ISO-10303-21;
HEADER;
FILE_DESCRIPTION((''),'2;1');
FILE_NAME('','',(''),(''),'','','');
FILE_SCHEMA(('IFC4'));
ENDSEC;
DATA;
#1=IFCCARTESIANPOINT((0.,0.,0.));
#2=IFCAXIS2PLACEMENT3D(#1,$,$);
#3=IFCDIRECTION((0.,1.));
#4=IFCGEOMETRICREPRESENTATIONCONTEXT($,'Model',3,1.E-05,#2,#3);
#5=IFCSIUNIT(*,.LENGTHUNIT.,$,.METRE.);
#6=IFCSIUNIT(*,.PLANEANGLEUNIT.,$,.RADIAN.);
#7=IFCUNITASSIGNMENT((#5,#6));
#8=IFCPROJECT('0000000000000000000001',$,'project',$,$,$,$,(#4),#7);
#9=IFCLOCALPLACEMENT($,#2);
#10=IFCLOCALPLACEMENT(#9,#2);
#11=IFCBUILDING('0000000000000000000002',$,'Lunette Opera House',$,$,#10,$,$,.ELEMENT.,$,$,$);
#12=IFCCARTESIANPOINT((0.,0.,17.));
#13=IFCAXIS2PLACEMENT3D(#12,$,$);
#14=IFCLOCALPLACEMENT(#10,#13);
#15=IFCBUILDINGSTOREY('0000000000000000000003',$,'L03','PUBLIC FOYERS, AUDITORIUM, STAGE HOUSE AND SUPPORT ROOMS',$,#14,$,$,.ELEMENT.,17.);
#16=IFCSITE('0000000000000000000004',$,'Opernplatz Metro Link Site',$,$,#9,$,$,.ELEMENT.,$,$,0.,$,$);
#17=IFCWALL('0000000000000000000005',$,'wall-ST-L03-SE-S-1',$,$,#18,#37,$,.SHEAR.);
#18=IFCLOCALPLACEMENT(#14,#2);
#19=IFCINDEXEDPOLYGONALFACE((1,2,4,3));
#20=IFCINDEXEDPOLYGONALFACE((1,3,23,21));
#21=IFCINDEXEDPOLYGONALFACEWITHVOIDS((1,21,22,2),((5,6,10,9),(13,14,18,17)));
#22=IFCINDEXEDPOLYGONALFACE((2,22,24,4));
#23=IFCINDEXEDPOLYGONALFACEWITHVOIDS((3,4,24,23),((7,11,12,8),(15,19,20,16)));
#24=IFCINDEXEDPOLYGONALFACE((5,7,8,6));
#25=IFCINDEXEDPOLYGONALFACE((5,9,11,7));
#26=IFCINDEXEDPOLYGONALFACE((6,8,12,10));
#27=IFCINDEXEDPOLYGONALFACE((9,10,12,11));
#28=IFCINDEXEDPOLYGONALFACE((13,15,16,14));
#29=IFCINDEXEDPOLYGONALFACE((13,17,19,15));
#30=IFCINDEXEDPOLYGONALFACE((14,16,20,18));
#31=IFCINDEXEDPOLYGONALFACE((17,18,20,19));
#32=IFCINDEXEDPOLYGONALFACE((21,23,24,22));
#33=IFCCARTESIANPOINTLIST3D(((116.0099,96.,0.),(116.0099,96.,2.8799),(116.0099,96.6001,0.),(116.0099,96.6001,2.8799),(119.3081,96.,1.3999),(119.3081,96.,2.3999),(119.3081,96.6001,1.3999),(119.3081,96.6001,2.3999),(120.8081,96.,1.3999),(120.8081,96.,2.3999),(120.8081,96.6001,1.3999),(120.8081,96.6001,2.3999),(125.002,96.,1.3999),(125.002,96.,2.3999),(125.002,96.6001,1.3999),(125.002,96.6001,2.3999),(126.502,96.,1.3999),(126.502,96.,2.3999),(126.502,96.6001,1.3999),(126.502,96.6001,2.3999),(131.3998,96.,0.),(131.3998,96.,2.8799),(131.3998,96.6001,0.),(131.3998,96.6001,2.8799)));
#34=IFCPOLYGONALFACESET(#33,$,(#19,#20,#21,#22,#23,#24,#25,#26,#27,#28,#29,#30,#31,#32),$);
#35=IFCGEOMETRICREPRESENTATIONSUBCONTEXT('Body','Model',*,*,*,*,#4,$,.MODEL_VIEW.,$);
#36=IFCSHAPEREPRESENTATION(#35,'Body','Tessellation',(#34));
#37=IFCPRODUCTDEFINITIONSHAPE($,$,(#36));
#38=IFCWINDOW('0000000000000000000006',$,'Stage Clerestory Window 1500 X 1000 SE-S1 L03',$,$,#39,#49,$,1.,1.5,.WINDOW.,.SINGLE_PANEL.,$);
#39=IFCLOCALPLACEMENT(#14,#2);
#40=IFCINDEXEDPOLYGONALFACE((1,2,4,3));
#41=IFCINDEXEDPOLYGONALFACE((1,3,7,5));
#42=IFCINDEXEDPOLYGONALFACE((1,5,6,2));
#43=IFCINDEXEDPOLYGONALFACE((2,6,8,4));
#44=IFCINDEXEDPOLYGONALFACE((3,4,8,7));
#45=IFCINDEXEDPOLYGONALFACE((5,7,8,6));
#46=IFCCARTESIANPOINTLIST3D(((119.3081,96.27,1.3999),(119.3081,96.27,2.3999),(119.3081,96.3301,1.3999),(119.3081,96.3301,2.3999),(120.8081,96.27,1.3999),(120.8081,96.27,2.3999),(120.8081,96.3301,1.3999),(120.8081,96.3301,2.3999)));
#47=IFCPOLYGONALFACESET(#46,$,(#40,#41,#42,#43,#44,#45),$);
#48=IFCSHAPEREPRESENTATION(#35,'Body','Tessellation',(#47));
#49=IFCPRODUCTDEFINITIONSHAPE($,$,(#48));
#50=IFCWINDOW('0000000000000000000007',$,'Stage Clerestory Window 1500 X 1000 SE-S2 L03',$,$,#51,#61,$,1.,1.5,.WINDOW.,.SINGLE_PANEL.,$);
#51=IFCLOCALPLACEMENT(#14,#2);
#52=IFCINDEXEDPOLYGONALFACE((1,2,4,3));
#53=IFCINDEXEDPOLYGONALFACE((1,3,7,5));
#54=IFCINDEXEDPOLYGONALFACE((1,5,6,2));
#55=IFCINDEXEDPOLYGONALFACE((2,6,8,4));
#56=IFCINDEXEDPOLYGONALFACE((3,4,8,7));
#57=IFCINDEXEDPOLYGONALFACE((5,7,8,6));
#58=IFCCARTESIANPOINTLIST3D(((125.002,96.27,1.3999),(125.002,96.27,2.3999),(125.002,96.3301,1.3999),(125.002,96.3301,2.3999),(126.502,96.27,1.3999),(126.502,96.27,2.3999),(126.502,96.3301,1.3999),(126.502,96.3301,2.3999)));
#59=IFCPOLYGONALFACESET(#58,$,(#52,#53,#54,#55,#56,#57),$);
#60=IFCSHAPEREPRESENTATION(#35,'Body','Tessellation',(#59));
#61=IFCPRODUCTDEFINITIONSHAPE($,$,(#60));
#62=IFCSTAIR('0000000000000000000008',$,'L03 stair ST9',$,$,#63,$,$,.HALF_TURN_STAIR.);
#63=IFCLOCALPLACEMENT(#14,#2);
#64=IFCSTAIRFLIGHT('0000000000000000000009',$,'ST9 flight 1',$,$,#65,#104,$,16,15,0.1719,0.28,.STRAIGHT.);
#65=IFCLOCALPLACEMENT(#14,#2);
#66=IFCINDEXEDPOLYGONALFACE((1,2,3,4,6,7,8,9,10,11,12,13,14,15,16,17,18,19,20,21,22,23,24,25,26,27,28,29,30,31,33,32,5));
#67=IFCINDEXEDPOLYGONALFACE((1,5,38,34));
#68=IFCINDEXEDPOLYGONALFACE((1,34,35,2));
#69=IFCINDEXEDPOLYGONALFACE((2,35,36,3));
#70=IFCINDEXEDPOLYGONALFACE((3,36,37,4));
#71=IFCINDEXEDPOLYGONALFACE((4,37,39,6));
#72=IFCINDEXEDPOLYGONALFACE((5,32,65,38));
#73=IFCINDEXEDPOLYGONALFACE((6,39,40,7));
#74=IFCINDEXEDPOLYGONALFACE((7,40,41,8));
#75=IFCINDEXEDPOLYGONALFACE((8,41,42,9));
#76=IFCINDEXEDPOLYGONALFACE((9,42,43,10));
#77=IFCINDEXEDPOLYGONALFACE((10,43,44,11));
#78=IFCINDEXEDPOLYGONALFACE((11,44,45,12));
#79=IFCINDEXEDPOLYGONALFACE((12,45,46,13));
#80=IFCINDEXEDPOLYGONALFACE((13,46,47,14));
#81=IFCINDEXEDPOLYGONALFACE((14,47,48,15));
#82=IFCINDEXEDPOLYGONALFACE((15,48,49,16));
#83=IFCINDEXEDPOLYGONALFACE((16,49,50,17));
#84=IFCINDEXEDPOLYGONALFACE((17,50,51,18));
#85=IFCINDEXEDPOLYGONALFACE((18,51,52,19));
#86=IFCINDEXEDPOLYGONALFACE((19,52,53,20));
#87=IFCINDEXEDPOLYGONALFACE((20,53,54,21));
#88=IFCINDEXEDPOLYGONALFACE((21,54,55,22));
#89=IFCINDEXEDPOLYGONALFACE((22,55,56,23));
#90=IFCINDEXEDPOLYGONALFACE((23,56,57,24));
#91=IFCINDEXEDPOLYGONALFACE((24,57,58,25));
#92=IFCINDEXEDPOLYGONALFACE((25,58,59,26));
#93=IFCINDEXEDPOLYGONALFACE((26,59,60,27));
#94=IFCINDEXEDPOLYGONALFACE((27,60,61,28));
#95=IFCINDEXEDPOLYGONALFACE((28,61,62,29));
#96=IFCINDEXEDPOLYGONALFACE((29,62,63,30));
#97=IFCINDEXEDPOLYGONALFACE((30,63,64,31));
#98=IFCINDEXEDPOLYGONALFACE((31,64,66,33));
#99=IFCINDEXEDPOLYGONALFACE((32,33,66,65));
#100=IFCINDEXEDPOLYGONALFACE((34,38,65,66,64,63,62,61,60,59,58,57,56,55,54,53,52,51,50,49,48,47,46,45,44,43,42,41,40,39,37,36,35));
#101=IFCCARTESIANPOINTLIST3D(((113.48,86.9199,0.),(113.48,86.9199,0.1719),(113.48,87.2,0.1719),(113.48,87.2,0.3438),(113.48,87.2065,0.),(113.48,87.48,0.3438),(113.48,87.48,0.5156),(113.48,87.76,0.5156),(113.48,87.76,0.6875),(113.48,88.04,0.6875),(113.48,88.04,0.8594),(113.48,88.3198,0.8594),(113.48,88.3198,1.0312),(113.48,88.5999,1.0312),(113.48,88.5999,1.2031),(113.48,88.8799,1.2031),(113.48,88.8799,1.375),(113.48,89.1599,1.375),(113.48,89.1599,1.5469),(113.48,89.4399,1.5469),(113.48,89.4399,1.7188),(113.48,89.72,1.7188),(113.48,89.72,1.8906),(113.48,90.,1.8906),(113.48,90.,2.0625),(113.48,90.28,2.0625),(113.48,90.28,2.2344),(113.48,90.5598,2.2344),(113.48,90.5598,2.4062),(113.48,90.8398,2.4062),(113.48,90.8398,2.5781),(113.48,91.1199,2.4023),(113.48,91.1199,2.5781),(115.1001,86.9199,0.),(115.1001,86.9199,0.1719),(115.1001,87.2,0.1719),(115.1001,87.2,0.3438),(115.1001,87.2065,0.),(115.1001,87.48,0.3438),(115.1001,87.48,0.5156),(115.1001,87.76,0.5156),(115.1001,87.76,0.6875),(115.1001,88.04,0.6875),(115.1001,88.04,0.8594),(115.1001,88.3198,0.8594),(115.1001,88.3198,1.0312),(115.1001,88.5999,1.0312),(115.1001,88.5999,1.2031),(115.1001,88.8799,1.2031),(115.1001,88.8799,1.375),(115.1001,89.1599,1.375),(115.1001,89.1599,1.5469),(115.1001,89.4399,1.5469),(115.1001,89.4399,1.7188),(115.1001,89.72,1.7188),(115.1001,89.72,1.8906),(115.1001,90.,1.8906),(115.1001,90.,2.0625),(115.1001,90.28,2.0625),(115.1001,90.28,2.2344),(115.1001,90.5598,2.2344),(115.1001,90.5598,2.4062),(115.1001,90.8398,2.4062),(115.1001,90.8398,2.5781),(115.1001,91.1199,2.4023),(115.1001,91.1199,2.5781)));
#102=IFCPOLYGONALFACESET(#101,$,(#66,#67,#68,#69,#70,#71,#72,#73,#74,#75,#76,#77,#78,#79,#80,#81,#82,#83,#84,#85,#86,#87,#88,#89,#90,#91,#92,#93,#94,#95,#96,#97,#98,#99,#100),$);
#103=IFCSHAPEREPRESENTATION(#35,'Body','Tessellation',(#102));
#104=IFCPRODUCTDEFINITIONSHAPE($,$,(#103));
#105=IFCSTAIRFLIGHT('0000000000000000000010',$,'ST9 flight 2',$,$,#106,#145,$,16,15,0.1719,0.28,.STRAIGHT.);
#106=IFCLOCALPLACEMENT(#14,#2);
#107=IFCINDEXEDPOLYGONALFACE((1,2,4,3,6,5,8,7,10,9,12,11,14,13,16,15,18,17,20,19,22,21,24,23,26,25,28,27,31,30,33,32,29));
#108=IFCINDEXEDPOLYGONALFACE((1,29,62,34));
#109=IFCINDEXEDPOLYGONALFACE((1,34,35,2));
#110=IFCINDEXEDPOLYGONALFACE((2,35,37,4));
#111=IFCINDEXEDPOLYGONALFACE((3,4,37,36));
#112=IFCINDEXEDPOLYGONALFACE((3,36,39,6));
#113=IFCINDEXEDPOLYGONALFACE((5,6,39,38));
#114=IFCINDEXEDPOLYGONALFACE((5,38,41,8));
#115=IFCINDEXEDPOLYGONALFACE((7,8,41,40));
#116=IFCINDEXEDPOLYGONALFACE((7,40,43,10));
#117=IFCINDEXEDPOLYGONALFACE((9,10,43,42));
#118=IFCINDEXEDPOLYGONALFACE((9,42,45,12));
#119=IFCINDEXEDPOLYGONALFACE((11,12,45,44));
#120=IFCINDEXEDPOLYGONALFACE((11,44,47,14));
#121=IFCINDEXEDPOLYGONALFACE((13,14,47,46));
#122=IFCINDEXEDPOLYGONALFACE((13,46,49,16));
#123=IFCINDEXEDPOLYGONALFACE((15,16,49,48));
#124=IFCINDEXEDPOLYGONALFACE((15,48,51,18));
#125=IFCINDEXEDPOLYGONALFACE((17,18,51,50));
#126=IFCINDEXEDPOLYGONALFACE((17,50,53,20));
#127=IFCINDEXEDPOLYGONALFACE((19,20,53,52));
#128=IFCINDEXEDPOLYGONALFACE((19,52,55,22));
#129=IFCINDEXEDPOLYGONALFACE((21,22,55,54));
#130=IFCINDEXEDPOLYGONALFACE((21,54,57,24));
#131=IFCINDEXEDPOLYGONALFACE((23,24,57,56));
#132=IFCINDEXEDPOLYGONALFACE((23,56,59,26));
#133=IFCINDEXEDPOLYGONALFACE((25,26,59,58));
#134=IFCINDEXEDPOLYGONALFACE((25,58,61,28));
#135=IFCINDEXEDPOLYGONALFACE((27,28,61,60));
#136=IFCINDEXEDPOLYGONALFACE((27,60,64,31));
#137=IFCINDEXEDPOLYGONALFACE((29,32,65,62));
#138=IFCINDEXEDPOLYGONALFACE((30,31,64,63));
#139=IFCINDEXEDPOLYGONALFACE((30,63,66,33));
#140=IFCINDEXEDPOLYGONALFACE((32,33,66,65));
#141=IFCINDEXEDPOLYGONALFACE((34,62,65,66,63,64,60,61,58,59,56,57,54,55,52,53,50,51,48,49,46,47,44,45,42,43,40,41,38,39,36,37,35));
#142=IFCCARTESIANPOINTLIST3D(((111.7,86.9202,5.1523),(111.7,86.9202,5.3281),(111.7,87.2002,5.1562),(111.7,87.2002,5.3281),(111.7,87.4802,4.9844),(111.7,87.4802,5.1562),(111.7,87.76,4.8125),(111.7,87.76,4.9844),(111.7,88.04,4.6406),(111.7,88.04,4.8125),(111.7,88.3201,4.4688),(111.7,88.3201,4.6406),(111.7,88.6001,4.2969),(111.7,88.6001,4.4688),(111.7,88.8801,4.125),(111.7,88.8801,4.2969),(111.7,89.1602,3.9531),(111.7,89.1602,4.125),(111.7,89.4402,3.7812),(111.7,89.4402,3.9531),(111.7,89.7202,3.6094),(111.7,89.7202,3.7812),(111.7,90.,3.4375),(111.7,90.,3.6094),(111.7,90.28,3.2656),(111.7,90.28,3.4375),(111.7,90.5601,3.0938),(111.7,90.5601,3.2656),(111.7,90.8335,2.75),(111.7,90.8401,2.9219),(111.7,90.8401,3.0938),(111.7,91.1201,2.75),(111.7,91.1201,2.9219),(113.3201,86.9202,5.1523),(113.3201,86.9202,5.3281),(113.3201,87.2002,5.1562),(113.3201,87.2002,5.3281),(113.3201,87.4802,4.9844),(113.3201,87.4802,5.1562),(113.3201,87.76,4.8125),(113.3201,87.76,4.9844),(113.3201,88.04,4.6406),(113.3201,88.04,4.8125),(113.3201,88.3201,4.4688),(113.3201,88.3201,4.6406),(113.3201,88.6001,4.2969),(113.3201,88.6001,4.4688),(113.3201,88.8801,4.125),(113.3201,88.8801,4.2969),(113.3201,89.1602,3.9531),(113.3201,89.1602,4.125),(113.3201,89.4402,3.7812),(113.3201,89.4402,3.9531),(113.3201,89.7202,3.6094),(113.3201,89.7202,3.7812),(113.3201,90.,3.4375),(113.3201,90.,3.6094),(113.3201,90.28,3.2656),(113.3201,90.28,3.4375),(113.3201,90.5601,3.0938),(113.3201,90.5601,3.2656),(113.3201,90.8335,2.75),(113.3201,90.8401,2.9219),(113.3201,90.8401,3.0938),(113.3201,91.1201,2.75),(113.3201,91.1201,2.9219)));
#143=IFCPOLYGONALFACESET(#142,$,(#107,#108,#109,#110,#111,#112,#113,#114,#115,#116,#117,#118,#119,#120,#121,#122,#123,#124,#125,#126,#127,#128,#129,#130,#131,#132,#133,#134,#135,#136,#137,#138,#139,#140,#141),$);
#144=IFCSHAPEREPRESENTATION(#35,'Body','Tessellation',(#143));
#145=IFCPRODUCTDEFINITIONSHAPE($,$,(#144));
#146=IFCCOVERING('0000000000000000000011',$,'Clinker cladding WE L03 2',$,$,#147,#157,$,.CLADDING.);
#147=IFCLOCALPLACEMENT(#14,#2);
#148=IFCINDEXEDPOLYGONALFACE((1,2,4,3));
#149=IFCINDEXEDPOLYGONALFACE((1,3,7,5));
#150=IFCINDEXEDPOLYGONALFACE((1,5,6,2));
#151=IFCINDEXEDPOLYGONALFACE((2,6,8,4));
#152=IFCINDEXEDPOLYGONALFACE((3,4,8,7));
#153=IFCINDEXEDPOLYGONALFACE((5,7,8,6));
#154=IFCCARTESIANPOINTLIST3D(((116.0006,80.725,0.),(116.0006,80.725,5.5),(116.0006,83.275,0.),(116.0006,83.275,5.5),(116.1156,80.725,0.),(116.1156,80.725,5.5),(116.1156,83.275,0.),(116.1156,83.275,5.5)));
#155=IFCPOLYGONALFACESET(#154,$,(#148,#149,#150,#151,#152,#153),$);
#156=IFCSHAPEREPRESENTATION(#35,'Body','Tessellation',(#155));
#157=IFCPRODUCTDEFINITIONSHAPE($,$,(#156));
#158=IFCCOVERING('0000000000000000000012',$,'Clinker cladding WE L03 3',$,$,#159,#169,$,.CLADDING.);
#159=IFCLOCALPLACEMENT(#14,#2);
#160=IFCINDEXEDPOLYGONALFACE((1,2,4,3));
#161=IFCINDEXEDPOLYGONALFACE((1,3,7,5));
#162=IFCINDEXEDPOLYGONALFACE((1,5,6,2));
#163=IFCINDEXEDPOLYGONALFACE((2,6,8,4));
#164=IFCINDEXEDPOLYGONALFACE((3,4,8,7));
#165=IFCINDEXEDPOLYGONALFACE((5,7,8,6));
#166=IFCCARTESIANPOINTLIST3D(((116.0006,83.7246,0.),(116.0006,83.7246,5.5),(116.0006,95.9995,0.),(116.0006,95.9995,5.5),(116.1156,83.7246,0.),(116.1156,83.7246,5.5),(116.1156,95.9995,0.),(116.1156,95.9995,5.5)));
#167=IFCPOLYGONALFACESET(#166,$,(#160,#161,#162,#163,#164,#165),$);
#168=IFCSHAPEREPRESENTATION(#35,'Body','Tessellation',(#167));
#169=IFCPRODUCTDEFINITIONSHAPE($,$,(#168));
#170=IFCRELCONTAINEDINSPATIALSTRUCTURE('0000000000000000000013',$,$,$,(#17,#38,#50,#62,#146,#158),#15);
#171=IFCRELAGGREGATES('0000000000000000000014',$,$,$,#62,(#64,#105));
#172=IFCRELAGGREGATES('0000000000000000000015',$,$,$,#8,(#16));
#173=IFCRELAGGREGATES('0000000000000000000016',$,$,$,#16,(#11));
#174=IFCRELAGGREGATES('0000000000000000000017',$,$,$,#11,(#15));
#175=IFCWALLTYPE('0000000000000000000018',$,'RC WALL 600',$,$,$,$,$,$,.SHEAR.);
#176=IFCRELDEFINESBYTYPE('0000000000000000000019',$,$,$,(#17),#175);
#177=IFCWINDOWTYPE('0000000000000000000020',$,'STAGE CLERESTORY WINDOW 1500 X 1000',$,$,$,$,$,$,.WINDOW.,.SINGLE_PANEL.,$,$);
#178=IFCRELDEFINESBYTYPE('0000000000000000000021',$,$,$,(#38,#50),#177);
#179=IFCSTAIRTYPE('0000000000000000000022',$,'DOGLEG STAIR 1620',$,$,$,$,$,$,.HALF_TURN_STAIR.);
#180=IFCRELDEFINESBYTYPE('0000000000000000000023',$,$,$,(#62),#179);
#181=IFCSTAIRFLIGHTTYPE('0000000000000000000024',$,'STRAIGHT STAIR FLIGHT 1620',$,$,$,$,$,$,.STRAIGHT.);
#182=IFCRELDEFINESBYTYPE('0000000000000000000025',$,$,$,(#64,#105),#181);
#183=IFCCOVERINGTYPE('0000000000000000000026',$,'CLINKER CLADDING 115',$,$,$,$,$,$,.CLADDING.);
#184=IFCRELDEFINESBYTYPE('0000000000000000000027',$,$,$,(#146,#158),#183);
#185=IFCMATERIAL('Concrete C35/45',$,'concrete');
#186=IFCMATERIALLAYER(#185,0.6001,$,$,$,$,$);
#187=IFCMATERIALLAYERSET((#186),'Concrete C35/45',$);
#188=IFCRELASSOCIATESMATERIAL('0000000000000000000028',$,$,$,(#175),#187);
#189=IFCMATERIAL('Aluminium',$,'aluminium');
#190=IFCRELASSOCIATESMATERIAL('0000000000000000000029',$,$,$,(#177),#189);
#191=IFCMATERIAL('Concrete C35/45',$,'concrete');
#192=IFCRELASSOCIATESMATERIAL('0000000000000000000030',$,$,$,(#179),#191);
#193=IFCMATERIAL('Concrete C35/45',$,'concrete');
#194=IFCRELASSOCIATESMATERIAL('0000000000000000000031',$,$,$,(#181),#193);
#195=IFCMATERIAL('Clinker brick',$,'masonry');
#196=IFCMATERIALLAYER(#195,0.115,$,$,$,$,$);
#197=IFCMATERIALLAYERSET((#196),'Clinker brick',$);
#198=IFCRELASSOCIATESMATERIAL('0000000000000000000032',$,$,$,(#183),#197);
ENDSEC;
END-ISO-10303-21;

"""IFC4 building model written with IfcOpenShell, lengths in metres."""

from ifc_helpers import new_model, si_unit, direction, frame, frame_2d, origin, origin_2d, place, context, subcontext, project, spatial, polyline, rectangle, outline, extrude, material, layer, layer_set, type_object, element, fill, aggregate, save


model = new_model("IFC4")

# Units and contexts
model_context = context("Model", 3, precision=1e-05, world=origin(), true_north=direction((0.0, 1.0)))
body_context = subcontext(model_context, "Body", "Model", "MODEL_VIEW")
ifc_project = project(units=[si_unit("LENGTHUNIT", "METRE"), si_unit("PLANEANGLEUNIT", "RADIAN")], contexts=[model_context])

# Site, building, storey
site_placement = place(None, origin())
site = spatial("IfcSite", under=ifc_project, at=site_placement, Name="Opernplatz Metro Link Site", CompositionType="ELEMENT", RefElevation=0.0)
building_placement = place(site_placement, origin())
building = spatial("IfcBuilding", under=site, at=building_placement, Name="Lunette Opera House", CompositionType="ELEMENT")
storey_placement = place(building_placement, frame((0.0, 0.0, 17.0)))
storey = spatial("IfcBuildingStorey", under=building, at=storey_placement, Name="L03", Description="PUBLIC FOYERS, AUDITORIUM, STAGE HOUSE AND SUPPORT ROOMS", CompositionType="ELEMENT", Elevation=17.0)

# Wall, openings, windows
ifc_material_1 = material(Name="Concrete C35/45", Category="concrete")
ifc_layer_1 = layer(ifc_material_1, 0.6001)
ifc_layer_set_1 = layer_set([ifc_layer_1], Name="Concrete C35/45")
wall_type_1 = type_object("IfcWallType", Name="RC WALL 600", PredefinedType="SHEAR", material=ifc_layer_set_1)
wall_1_placement = place(storey_placement, frame((116.01, 96.3, 0.0), z_axis=(0.0, 0.0, 1.0), x_axis=(1.0, 0.0, 0.0)))
wall_1 = element("IfcWall", 1, at=wall_1_placement, inside=storey, type_object=wall_type_1, Name="wall-ST-L03-SE-S-1", PredefinedType="SHEAR", context=body_context, shape_type="SweptSolid", body=[
    extrude(rectangle(XDim=15.3899, YDim=0.6001, at=frame_2d((7.6948, 0.0))), origin(), (0.0, 0.0, 1.0), 2.8799),
])
opening_1_placement = place(wall_1_placement, frame((3.2981, 0.0, 1.3999)))
opening_1 = element("IfcOpeningElement", 2, at=opening_1_placement, cuts=wall_1, PredefinedType="OPENING", context=body_context, shape_type="SweptSolid", body=[
    extrude(rectangle(XDim=1.5, YDim=1.0, at=frame_2d((0.75, 0.5))), frame((0.0, 0.312, 0.0), z_axis=(0.0, -1.0, 0.0), x_axis=(1.0, 0.0, 0.0)), (0.0, 0.0, 1.0), 0.624),
])
opening_2_placement = place(wall_1_placement, frame((8.9919, 0.0, 1.3999)))
opening_2 = element("IfcOpeningElement", 3, at=opening_2_placement, cuts=wall_1, PredefinedType="OPENING", context=body_context, shape_type="SweptSolid", body=[
    extrude(rectangle(XDim=1.5, YDim=1.0, at=frame_2d((0.75, 0.5))), frame((0.0, 0.312, 0.0), z_axis=(0.0, -1.0, 0.0), x_axis=(1.0, 0.0, 0.0)), (0.0, 0.0, 1.0), 0.624),
])
ifc_material_2 = material(Name="Aluminium", Category="aluminium")
window_type = type_object("IfcWindowType", Name="STAGE CLERESTORY WINDOW 1500 X 1000", PartitioningType="SINGLE_PANEL", PredefinedType="WINDOW", material=ifc_material_2)
window_1_placement = place(opening_1_placement, origin())
window_1 = element("IfcWindow", 4, at=window_1_placement, inside=storey, type_object=window_type, Name="Stage Clerestory Window 1500 X 1000 SE-S1 L03", OverallHeight=1.0, OverallWidth=1.5, PartitioningType="SINGLE_PANEL", PredefinedType="WINDOW", context=body_context, shape_type="SweptSolid", body=[
    extrude(rectangle(XDim=1.5, YDim=1.0, at=frame_2d((0.75, 0.5))), frame((0.0, 0.03, 0.0), z_axis=(0.0, -1.0, 0.0), x_axis=(1.0, 0.0, 0.0)), (0.0, 0.0, 1.0), 0.0601),
])
fill(opening_1, window_1)
window_2_placement = place(opening_2_placement, origin())
window_2 = element("IfcWindow", 5, at=window_2_placement, inside=storey, type_object=window_type, Name="Stage Clerestory Window 1500 X 1000 SE-S2 L03", OverallHeight=1.0, OverallWidth=1.5, PartitioningType="SINGLE_PANEL", PredefinedType="WINDOW", context=body_context, shape_type="SweptSolid", body=[
    extrude(rectangle(XDim=1.5, YDim=1.0, at=frame_2d((0.75, 0.5))), frame((0.0, 0.03, 0.0), z_axis=(0.0, -1.0, 0.0), x_axis=(1.0, 0.0, 0.0)), (0.0, 0.0, 1.0), 0.0601),
])
fill(opening_2, window_2)

# Stair, stair flights
ifc_material_3 = material(Name="Concrete C35/45", Category="concrete")
stair_type = type_object("IfcStairType", Name="DOGLEG STAIR 1620", PredefinedType="HALF_TURN_STAIR", material=ifc_material_3)
stair_placement = place(storey_placement, origin())
stair = element("IfcStair", 6, at=stair_placement, inside=storey, type_object=stair_type, Name="L03 stair ST9", PredefinedType="HALF_TURN_STAIR")
ifc_material_4 = material(Name="Concrete C35/45", Category="concrete")
stair_flight_type = type_object("IfcStairFlightType", Name="STRAIGHT STAIR FLIGHT 1620", PredefinedType="STRAIGHT", material=ifc_material_4)
stair_flight_1_placement = place(storey_placement, frame((114.29, 86.9199, 0.0), z_axis=(0.0, 0.0, 1.0), x_axis=(0.0, 1.0, 0.0)))
stair_flight_1 = element("IfcStairFlight", 7, at=stair_flight_1_placement, type_object=stair_flight_type, Name="ST9 flight 1", NumberOfRisers=16, NumberOfTreads=15, PredefinedType="STRAIGHT", RiserHeight=0.1719, TreadLength=0.28, context=body_context, shape_type="SweptSolid", body=[
    extrude(outline(polyline([(0.0, 0.0), (0.0, 0.1719), (0.28, 0.1719), (0.28, 0.3438), (0.5601, 0.3438), (0.5601, 0.5156), (0.8401, 0.5156), (0.8401, 0.6875), (1.1201, 0.6875), (1.1201, 0.8594), (1.3999, 0.8594), (1.3999, 1.0312), (1.6799, 1.0312), (1.6799, 1.2031), (1.96, 1.2031), (1.96, 1.375), (2.24, 1.375), (2.24, 1.5469), (2.52, 1.5469), (2.52, 1.7188), (2.8, 1.7188), (2.8, 1.8906), (3.0801, 1.8906), (3.0801, 2.0625), (3.3601, 2.0625), (3.3601, 2.2344), (3.6399, 2.2344), (3.6399, 2.4062), (3.9199, 2.4062), (3.9199, 2.5781), (4.2, 2.5781), (4.2, 2.75), (4.2, 2.4023), (0.2866, 0.0), (0.0, 0.0)])), frame((0.0, 0.8101, 0.0), z_axis=(0.0, -1.0, 0.0), x_axis=(1.0, 0.0, 0.0)), (0.0, 0.0, 1.0), 1.6201),
])
stair_flight_2_placement = place(storey_placement, frame((112.51, 91.1201, 2.75), z_axis=(0.0, 0.0, 1.0), x_axis=(0.0, -1.0, 0.0)))
stair_flight_2 = element("IfcStairFlight", 8, at=stair_flight_2_placement, type_object=stair_flight_type, Name="ST9 flight 2", NumberOfRisers=16, NumberOfTreads=15, PredefinedType="STRAIGHT", RiserHeight=0.1719, TreadLength=0.28, context=body_context, shape_type="SweptSolid", body=[
    extrude(outline(polyline([(0.0, 0.0), (0.0, 0.1719), (0.28, 0.1719), (0.28, 0.3438), (0.5601, 0.3438), (0.5601, 0.5156), (0.8401, 0.5156), (0.8401, 0.6875), (1.1201, 0.6875), (1.1201, 0.8594), (1.3999, 0.8594), (1.3999, 1.0312), (1.6799, 1.0312), (1.6799, 1.2031), (1.96, 1.2031), (1.96, 1.375), (2.24, 1.375), (2.24, 1.5469), (2.52, 1.5469), (2.52, 1.7188), (2.8, 1.7188), (2.8, 1.8906), (3.0801, 1.8906), (3.0801, 2.0625), (3.3601, 2.0625), (3.3601, 2.2344), (3.6399, 2.2344), (3.6399, 2.4062), (3.9199, 2.4062), (3.9199, 2.5781), (4.2, 2.5781), (4.2, 2.75), (4.2, 2.4023), (0.2866, 0.0), (0.0, 0.0)])), frame((0.0, 0.8101, 0.0), z_axis=(0.0, -1.0, 0.0), x_axis=(1.0, 0.0, 0.0)), (0.0, 0.0, 1.0), 1.6201),
])
aggregate(stair, [stair_flight_1, stair_flight_2])

# Coverings
ifc_material_5 = material(Name="Clinker brick", Category="masonry")
ifc_layer_2 = layer(ifc_material_5, 0.115)
ifc_layer_set_2 = layer_set([ifc_layer_2], Name="Clinker brick")
covering_type_1 = type_object("IfcCoveringType", Name="CLINKER CLADDING 115", PredefinedType="CLADDING", material=ifc_layer_set_2)
covering_1_placement = place(storey_placement, frame((116.0581, 82.0, 0.0), z_axis=(0.0, 0.0, 1.0), x_axis=(1.0, 0.0, 0.0)))
element("IfcCovering", 9, at=covering_1_placement, inside=storey, type_object=covering_type_1, Name="Clinker cladding WE L03 2", PredefinedType="CLADDING", context=body_context, shape_type="SweptSolid", body=[
    extrude(rectangle(XDim=0.115, YDim=2.55, at=origin_2d()), origin(), (0.0, 0.0, 1.0), 5.5),
])
covering_2_placement = place(storey_placement, frame((116.0581, 89.8621, 0.0), z_axis=(0.0, 0.0, 1.0), x_axis=(1.0, 0.0, 0.0)))
element("IfcCovering", 10, at=covering_2_placement, inside=storey, type_object=covering_type_1, Name="Clinker cladding WE L03 3", PredefinedType="CLADDING", context=body_context, shape_type="SweptSolid", body=[
    extrude(rectangle(XDim=0.115, YDim=12.2749, at=origin_2d()), origin(), (0.0, 0.0, 1.0), 5.5),
])

save(model, "model.ifc")
